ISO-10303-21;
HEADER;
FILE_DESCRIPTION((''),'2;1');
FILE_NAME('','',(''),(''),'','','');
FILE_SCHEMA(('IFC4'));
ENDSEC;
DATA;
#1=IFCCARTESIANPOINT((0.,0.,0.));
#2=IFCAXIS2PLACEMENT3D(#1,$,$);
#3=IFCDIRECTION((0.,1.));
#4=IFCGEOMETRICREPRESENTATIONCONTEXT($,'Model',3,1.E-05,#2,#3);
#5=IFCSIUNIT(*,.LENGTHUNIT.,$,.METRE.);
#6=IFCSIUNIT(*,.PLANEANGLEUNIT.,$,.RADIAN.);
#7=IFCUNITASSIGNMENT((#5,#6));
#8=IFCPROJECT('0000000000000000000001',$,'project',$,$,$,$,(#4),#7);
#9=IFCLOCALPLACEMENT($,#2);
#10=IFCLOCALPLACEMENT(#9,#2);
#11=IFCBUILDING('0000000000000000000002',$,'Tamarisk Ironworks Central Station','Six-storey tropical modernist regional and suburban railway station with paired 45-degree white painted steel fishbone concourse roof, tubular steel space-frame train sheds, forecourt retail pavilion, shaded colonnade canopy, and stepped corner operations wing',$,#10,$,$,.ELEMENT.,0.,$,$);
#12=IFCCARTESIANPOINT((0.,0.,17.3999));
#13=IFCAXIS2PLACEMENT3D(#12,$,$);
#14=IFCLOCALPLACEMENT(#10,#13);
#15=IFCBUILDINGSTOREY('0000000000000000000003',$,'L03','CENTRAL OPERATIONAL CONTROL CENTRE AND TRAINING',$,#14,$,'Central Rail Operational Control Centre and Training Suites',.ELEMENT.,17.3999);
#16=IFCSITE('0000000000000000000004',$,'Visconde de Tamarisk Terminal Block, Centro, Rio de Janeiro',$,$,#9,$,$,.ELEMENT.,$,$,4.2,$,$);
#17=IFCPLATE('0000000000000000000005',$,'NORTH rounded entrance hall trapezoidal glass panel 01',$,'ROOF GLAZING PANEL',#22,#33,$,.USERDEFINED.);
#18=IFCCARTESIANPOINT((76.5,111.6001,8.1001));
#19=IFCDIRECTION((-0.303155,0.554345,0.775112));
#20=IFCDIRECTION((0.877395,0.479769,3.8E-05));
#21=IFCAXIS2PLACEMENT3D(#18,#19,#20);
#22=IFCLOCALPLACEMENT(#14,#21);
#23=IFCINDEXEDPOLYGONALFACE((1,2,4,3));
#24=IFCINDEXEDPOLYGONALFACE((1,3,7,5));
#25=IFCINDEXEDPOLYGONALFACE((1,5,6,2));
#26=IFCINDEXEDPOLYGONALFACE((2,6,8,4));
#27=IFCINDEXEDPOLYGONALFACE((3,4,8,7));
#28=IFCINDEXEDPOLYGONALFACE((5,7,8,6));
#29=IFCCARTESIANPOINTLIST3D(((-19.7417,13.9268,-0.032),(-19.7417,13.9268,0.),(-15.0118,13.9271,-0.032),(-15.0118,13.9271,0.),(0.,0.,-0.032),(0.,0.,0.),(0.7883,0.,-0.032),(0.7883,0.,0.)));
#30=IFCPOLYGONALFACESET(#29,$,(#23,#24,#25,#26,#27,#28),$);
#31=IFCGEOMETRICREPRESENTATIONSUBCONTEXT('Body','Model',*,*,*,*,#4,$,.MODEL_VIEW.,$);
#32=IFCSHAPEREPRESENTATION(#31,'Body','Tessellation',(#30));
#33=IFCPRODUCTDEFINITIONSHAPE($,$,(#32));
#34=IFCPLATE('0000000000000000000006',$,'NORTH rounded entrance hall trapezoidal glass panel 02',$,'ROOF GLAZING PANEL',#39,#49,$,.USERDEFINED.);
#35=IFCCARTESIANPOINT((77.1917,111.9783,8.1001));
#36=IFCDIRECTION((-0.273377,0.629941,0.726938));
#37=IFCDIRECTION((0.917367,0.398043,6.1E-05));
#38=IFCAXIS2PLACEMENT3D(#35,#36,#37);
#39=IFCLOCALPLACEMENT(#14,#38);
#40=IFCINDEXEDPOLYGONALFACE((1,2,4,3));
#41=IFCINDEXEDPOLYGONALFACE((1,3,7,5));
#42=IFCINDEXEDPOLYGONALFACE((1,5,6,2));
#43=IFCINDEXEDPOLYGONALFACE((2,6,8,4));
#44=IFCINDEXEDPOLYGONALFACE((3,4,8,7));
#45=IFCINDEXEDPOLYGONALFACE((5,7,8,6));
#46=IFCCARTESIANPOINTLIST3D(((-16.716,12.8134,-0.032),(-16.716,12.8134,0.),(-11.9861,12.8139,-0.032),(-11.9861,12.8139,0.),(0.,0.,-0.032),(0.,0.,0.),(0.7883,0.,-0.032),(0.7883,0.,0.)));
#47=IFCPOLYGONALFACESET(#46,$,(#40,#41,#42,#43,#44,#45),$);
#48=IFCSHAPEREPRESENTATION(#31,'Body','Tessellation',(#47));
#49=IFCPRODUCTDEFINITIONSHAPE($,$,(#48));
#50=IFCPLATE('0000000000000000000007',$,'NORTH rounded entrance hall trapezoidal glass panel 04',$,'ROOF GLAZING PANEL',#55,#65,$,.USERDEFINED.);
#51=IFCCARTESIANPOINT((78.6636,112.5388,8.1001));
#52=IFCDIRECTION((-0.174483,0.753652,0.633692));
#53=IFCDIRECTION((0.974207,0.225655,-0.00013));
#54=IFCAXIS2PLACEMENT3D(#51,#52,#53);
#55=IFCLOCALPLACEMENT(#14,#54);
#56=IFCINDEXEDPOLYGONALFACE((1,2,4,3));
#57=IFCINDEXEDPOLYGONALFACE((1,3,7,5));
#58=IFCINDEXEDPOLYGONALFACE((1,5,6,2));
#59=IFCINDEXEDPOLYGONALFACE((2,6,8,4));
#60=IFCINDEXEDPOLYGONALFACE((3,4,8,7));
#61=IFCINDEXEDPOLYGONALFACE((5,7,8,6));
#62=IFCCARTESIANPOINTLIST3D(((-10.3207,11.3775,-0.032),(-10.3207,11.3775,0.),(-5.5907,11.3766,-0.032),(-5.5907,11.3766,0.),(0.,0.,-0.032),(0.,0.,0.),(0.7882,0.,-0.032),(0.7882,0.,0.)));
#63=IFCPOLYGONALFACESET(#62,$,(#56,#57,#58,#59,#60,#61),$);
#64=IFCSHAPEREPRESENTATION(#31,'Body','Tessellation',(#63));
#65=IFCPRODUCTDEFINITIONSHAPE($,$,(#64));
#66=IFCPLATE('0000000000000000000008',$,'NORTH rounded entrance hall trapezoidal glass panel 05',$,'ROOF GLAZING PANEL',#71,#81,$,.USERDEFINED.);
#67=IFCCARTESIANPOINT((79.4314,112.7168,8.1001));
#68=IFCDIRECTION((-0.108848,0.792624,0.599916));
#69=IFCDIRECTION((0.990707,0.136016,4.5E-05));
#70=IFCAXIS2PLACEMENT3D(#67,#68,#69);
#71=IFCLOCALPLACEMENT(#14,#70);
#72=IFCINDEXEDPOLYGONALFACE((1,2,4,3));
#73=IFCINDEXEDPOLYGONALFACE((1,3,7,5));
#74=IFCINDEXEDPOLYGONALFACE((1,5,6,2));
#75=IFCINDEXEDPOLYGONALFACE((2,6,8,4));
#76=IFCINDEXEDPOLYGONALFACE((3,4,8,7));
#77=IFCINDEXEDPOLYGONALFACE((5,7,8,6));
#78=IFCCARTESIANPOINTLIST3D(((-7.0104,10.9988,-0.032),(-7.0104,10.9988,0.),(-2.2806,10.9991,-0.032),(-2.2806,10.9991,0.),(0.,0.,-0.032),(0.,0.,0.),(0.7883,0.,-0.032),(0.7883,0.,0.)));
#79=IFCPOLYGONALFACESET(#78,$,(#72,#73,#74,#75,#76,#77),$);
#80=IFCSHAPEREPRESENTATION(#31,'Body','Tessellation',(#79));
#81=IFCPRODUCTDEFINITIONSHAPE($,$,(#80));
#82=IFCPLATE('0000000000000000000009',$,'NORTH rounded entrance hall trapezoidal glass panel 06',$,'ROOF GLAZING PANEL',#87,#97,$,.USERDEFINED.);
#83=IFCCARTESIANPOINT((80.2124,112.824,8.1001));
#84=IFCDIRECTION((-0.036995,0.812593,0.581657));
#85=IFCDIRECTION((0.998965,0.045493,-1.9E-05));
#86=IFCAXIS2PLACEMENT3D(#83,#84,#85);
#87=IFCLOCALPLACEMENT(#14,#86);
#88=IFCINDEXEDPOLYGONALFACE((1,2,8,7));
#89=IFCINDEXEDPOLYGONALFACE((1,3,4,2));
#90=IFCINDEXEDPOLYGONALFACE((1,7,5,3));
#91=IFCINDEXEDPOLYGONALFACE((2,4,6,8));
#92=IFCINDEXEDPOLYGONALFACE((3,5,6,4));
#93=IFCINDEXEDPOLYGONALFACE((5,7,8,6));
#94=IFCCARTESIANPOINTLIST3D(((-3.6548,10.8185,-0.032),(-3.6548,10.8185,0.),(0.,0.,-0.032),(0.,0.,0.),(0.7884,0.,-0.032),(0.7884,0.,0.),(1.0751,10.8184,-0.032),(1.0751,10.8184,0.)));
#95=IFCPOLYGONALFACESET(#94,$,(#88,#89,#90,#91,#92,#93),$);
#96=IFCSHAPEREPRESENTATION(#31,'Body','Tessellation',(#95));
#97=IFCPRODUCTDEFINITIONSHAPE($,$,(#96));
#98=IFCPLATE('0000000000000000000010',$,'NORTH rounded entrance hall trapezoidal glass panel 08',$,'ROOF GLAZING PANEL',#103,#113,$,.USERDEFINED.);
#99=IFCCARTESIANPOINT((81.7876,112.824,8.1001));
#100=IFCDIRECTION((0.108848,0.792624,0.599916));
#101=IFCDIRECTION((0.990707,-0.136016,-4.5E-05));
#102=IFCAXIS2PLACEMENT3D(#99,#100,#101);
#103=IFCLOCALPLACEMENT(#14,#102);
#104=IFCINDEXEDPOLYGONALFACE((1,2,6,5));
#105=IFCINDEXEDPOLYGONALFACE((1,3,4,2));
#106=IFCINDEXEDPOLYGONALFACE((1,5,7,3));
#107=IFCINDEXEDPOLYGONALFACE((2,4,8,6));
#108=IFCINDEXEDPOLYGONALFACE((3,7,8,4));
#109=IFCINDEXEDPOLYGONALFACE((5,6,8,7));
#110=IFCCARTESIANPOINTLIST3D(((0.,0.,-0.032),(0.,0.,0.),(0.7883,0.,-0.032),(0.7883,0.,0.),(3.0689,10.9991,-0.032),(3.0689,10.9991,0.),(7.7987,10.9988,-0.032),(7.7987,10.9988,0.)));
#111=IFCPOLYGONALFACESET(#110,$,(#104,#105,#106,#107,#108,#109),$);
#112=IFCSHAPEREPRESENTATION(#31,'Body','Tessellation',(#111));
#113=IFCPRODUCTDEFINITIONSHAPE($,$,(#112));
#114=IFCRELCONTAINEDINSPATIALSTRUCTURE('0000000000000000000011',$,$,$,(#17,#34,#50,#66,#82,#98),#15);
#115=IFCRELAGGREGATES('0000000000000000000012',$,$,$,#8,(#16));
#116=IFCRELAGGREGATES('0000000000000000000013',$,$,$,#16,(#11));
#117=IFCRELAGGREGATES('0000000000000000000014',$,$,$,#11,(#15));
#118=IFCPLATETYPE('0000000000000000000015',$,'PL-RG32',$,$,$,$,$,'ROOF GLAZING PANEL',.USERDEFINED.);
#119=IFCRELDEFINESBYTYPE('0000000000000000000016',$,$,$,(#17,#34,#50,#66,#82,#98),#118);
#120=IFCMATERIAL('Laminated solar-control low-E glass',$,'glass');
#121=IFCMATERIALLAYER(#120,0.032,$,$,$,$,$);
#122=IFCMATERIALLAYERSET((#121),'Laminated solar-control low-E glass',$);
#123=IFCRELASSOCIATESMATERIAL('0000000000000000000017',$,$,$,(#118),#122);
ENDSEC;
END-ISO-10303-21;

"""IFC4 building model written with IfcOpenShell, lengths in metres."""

from ifc_helpers import new_model, si_unit, direction, frame, origin, place, context, subcontext, project, spatial, polyline, outline, extrude, material, layer, layer_set, type_object, element, save


model = new_model("IFC4")

# Units and contexts
model_context = context("Model", 3, precision=1e-05, world=origin(), true_north=direction((0.0, 1.0)))
body_context = subcontext(model_context, "Body", "Model", "MODEL_VIEW")
ifc_project = project(units=[si_unit("LENGTHUNIT", "METRE"), si_unit("PLANEANGLEUNIT", "RADIAN")], contexts=[model_context])

# Site, building, storey
site_placement = place(None, origin())
site = spatial("IfcSite", under=ifc_project, at=site_placement, Name="Visconde de Tamarisk Terminal Block, Centro, Rio de Janeiro", CompositionType="ELEMENT", RefElevation=4.2)
building_placement = place(site_placement, origin())
building = spatial("IfcBuilding", under=site, at=building_placement, Name="Tamarisk Ironworks Central Station", Description="Six-storey tropical modernist regional and suburban railway station with paired 45-degree white painted steel fishbone concourse roof, tubular steel space-frame train sheds, forecourt retail pavilion, shaded colonnade canopy, and stepped corner operations wing", CompositionType="ELEMENT", ElevationOfRefHeight=0.0)
storey_placement = place(building_placement, frame((0.0, 0.0, 17.3999)))
storey = spatial("IfcBuildingStorey", under=building, at=storey_placement, Name="L03", Description="CENTRAL OPERATIONAL CONTROL CENTRE AND TRAINING", LongName="Central Rail Operational Control Centre and Training Suites", CompositionType="ELEMENT", Elevation=17.3999)

# Plates
ifc_material_1 = material(Name="Laminated solar-control low-E glass", Category="glass")
ifc_layer_1 = layer(ifc_material_1, 0.032)
ifc_layer_set_1 = layer_set([ifc_layer_1], Name="Laminated solar-control low-E glass")
plate_type_1 = type_object("IfcPlateType", Name="PL-RG32", ElementType="ROOF GLAZING PANEL", PredefinedType="USERDEFINED", material=ifc_layer_set_1)
plate_1_placement = place(storey_placement, frame((76.5, 111.6001, 8.1001), z_axis=(-0.303155, 0.554345, 0.775112), x_axis=(0.877395, 0.479769, 0.000038)))
element("IfcPlate", 1, at=plate_1_placement, inside=storey, type_object=plate_type_1, Name="NORTH rounded entrance hall trapezoidal glass panel 01", ObjectType="ROOF GLAZING PANEL", PredefinedType="USERDEFINED", context=body_context, shape_type="SweptSolid", body=[
    extrude(outline(polyline([(0.0, 0.0), (0.7883, 0.0), (-15.0118, 13.9271), (-19.7417, 13.9268), (0.0, 0.0)])), origin(), (0.0, 0.0, -1.0), 0.032),
])
plate_2_placement = place(storey_placement, frame((77.1917, 111.9783, 8.1001), z_axis=(-0.273377, 0.629941, 0.726938), x_axis=(0.917367, 0.398043, 0.000061)))
element("IfcPlate", 2, at=plate_2_placement, inside=storey, type_object=plate_type_1, Name="NORTH rounded entrance hall trapezoidal glass panel 02", ObjectType="ROOF GLAZING PANEL", PredefinedType="USERDEFINED", context=body_context, shape_type="SweptSolid", body=[
    extrude(outline(polyline([(0.0, 0.0), (0.7883, 0.0), (-11.9861, 12.8139), (-16.716, 12.8134), (0.0, 0.0)])), origin(), (0.0, 0.0, -1.0), 0.032),
])
plate_3_placement = place(storey_placement, frame((78.6636, 112.5388, 8.1001), z_axis=(-0.174483, 0.753652, 0.633692), x_axis=(0.974207, 0.225655, -0.00013)))
element("IfcPlate", 3, at=plate_3_placement, inside=storey, type_object=plate_type_1, Name="NORTH rounded entrance hall trapezoidal glass panel 04", ObjectType="ROOF GLAZING PANEL", PredefinedType="USERDEFINED", context=body_context, shape_type="SweptSolid", body=[
    extrude(outline(polyline([(0.0, 0.0), (0.7882, 0.0), (-5.5907, 11.3766), (-10.3207, 11.3775), (0.0, 0.0)])), origin(), (0.0, 0.0, -1.0), 0.032),
])
plate_4_placement = place(storey_placement, frame((79.4314, 112.7168, 8.1001), z_axis=(-0.108848, 0.792624, 0.599916), x_axis=(0.990707, 0.136016, 0.000045)))
element("IfcPlate", 4, at=plate_4_placement, inside=storey, type_object=plate_type_1, Name="NORTH rounded entrance hall trapezoidal glass panel 05", ObjectType="ROOF GLAZING PANEL", PredefinedType="USERDEFINED", context=body_context, shape_type="SweptSolid", body=[
    extrude(outline(polyline([(0.0, 0.0), (0.7883, 0.0), (-2.2806, 10.9991), (-7.0104, 10.9988), (0.0, 0.0)])), origin(), (0.0, 0.0, -1.0), 0.032),
])
plate_5_placement = place(storey_placement, frame((80.2124, 112.824, 8.1001), z_axis=(-0.036995, 0.812593, 0.581657), x_axis=(0.998965, 0.045493, -0.000019)))
element("IfcPlate", 5, at=plate_5_placement, inside=storey, type_object=plate_type_1, Name="NORTH rounded entrance hall trapezoidal glass panel 06", ObjectType="ROOF GLAZING PANEL", PredefinedType="USERDEFINED", context=body_context, shape_type="SweptSolid", body=[
    extrude(outline(polyline([(0.0, 0.0), (0.7884, 0.0), (1.0751, 10.8184), (-3.6548, 10.8185), (0.0, 0.0)])), origin(), (0.0, 0.0, -1.0), 0.032),
])
plate_6_placement = place(storey_placement, frame((81.7876, 112.824, 8.1001), z_axis=(0.108848, 0.792624, 0.599916), x_axis=(0.990707, -0.136016, -0.000045)))
element("IfcPlate", 6, at=plate_6_placement, inside=storey, type_object=plate_type_1, Name="NORTH rounded entrance hall trapezoidal glass panel 08", ObjectType="ROOF GLAZING PANEL", PredefinedType="USERDEFINED", context=body_context, shape_type="SweptSolid", body=[
    extrude(outline(polyline([(0.0, 0.0), (0.7883, 0.0), (7.7987, 10.9988), (3.0689, 10.9991), (0.0, 0.0)])), origin(), (0.0, 0.0, -1.0), 0.032),
])

save(model, "model.ifc")
